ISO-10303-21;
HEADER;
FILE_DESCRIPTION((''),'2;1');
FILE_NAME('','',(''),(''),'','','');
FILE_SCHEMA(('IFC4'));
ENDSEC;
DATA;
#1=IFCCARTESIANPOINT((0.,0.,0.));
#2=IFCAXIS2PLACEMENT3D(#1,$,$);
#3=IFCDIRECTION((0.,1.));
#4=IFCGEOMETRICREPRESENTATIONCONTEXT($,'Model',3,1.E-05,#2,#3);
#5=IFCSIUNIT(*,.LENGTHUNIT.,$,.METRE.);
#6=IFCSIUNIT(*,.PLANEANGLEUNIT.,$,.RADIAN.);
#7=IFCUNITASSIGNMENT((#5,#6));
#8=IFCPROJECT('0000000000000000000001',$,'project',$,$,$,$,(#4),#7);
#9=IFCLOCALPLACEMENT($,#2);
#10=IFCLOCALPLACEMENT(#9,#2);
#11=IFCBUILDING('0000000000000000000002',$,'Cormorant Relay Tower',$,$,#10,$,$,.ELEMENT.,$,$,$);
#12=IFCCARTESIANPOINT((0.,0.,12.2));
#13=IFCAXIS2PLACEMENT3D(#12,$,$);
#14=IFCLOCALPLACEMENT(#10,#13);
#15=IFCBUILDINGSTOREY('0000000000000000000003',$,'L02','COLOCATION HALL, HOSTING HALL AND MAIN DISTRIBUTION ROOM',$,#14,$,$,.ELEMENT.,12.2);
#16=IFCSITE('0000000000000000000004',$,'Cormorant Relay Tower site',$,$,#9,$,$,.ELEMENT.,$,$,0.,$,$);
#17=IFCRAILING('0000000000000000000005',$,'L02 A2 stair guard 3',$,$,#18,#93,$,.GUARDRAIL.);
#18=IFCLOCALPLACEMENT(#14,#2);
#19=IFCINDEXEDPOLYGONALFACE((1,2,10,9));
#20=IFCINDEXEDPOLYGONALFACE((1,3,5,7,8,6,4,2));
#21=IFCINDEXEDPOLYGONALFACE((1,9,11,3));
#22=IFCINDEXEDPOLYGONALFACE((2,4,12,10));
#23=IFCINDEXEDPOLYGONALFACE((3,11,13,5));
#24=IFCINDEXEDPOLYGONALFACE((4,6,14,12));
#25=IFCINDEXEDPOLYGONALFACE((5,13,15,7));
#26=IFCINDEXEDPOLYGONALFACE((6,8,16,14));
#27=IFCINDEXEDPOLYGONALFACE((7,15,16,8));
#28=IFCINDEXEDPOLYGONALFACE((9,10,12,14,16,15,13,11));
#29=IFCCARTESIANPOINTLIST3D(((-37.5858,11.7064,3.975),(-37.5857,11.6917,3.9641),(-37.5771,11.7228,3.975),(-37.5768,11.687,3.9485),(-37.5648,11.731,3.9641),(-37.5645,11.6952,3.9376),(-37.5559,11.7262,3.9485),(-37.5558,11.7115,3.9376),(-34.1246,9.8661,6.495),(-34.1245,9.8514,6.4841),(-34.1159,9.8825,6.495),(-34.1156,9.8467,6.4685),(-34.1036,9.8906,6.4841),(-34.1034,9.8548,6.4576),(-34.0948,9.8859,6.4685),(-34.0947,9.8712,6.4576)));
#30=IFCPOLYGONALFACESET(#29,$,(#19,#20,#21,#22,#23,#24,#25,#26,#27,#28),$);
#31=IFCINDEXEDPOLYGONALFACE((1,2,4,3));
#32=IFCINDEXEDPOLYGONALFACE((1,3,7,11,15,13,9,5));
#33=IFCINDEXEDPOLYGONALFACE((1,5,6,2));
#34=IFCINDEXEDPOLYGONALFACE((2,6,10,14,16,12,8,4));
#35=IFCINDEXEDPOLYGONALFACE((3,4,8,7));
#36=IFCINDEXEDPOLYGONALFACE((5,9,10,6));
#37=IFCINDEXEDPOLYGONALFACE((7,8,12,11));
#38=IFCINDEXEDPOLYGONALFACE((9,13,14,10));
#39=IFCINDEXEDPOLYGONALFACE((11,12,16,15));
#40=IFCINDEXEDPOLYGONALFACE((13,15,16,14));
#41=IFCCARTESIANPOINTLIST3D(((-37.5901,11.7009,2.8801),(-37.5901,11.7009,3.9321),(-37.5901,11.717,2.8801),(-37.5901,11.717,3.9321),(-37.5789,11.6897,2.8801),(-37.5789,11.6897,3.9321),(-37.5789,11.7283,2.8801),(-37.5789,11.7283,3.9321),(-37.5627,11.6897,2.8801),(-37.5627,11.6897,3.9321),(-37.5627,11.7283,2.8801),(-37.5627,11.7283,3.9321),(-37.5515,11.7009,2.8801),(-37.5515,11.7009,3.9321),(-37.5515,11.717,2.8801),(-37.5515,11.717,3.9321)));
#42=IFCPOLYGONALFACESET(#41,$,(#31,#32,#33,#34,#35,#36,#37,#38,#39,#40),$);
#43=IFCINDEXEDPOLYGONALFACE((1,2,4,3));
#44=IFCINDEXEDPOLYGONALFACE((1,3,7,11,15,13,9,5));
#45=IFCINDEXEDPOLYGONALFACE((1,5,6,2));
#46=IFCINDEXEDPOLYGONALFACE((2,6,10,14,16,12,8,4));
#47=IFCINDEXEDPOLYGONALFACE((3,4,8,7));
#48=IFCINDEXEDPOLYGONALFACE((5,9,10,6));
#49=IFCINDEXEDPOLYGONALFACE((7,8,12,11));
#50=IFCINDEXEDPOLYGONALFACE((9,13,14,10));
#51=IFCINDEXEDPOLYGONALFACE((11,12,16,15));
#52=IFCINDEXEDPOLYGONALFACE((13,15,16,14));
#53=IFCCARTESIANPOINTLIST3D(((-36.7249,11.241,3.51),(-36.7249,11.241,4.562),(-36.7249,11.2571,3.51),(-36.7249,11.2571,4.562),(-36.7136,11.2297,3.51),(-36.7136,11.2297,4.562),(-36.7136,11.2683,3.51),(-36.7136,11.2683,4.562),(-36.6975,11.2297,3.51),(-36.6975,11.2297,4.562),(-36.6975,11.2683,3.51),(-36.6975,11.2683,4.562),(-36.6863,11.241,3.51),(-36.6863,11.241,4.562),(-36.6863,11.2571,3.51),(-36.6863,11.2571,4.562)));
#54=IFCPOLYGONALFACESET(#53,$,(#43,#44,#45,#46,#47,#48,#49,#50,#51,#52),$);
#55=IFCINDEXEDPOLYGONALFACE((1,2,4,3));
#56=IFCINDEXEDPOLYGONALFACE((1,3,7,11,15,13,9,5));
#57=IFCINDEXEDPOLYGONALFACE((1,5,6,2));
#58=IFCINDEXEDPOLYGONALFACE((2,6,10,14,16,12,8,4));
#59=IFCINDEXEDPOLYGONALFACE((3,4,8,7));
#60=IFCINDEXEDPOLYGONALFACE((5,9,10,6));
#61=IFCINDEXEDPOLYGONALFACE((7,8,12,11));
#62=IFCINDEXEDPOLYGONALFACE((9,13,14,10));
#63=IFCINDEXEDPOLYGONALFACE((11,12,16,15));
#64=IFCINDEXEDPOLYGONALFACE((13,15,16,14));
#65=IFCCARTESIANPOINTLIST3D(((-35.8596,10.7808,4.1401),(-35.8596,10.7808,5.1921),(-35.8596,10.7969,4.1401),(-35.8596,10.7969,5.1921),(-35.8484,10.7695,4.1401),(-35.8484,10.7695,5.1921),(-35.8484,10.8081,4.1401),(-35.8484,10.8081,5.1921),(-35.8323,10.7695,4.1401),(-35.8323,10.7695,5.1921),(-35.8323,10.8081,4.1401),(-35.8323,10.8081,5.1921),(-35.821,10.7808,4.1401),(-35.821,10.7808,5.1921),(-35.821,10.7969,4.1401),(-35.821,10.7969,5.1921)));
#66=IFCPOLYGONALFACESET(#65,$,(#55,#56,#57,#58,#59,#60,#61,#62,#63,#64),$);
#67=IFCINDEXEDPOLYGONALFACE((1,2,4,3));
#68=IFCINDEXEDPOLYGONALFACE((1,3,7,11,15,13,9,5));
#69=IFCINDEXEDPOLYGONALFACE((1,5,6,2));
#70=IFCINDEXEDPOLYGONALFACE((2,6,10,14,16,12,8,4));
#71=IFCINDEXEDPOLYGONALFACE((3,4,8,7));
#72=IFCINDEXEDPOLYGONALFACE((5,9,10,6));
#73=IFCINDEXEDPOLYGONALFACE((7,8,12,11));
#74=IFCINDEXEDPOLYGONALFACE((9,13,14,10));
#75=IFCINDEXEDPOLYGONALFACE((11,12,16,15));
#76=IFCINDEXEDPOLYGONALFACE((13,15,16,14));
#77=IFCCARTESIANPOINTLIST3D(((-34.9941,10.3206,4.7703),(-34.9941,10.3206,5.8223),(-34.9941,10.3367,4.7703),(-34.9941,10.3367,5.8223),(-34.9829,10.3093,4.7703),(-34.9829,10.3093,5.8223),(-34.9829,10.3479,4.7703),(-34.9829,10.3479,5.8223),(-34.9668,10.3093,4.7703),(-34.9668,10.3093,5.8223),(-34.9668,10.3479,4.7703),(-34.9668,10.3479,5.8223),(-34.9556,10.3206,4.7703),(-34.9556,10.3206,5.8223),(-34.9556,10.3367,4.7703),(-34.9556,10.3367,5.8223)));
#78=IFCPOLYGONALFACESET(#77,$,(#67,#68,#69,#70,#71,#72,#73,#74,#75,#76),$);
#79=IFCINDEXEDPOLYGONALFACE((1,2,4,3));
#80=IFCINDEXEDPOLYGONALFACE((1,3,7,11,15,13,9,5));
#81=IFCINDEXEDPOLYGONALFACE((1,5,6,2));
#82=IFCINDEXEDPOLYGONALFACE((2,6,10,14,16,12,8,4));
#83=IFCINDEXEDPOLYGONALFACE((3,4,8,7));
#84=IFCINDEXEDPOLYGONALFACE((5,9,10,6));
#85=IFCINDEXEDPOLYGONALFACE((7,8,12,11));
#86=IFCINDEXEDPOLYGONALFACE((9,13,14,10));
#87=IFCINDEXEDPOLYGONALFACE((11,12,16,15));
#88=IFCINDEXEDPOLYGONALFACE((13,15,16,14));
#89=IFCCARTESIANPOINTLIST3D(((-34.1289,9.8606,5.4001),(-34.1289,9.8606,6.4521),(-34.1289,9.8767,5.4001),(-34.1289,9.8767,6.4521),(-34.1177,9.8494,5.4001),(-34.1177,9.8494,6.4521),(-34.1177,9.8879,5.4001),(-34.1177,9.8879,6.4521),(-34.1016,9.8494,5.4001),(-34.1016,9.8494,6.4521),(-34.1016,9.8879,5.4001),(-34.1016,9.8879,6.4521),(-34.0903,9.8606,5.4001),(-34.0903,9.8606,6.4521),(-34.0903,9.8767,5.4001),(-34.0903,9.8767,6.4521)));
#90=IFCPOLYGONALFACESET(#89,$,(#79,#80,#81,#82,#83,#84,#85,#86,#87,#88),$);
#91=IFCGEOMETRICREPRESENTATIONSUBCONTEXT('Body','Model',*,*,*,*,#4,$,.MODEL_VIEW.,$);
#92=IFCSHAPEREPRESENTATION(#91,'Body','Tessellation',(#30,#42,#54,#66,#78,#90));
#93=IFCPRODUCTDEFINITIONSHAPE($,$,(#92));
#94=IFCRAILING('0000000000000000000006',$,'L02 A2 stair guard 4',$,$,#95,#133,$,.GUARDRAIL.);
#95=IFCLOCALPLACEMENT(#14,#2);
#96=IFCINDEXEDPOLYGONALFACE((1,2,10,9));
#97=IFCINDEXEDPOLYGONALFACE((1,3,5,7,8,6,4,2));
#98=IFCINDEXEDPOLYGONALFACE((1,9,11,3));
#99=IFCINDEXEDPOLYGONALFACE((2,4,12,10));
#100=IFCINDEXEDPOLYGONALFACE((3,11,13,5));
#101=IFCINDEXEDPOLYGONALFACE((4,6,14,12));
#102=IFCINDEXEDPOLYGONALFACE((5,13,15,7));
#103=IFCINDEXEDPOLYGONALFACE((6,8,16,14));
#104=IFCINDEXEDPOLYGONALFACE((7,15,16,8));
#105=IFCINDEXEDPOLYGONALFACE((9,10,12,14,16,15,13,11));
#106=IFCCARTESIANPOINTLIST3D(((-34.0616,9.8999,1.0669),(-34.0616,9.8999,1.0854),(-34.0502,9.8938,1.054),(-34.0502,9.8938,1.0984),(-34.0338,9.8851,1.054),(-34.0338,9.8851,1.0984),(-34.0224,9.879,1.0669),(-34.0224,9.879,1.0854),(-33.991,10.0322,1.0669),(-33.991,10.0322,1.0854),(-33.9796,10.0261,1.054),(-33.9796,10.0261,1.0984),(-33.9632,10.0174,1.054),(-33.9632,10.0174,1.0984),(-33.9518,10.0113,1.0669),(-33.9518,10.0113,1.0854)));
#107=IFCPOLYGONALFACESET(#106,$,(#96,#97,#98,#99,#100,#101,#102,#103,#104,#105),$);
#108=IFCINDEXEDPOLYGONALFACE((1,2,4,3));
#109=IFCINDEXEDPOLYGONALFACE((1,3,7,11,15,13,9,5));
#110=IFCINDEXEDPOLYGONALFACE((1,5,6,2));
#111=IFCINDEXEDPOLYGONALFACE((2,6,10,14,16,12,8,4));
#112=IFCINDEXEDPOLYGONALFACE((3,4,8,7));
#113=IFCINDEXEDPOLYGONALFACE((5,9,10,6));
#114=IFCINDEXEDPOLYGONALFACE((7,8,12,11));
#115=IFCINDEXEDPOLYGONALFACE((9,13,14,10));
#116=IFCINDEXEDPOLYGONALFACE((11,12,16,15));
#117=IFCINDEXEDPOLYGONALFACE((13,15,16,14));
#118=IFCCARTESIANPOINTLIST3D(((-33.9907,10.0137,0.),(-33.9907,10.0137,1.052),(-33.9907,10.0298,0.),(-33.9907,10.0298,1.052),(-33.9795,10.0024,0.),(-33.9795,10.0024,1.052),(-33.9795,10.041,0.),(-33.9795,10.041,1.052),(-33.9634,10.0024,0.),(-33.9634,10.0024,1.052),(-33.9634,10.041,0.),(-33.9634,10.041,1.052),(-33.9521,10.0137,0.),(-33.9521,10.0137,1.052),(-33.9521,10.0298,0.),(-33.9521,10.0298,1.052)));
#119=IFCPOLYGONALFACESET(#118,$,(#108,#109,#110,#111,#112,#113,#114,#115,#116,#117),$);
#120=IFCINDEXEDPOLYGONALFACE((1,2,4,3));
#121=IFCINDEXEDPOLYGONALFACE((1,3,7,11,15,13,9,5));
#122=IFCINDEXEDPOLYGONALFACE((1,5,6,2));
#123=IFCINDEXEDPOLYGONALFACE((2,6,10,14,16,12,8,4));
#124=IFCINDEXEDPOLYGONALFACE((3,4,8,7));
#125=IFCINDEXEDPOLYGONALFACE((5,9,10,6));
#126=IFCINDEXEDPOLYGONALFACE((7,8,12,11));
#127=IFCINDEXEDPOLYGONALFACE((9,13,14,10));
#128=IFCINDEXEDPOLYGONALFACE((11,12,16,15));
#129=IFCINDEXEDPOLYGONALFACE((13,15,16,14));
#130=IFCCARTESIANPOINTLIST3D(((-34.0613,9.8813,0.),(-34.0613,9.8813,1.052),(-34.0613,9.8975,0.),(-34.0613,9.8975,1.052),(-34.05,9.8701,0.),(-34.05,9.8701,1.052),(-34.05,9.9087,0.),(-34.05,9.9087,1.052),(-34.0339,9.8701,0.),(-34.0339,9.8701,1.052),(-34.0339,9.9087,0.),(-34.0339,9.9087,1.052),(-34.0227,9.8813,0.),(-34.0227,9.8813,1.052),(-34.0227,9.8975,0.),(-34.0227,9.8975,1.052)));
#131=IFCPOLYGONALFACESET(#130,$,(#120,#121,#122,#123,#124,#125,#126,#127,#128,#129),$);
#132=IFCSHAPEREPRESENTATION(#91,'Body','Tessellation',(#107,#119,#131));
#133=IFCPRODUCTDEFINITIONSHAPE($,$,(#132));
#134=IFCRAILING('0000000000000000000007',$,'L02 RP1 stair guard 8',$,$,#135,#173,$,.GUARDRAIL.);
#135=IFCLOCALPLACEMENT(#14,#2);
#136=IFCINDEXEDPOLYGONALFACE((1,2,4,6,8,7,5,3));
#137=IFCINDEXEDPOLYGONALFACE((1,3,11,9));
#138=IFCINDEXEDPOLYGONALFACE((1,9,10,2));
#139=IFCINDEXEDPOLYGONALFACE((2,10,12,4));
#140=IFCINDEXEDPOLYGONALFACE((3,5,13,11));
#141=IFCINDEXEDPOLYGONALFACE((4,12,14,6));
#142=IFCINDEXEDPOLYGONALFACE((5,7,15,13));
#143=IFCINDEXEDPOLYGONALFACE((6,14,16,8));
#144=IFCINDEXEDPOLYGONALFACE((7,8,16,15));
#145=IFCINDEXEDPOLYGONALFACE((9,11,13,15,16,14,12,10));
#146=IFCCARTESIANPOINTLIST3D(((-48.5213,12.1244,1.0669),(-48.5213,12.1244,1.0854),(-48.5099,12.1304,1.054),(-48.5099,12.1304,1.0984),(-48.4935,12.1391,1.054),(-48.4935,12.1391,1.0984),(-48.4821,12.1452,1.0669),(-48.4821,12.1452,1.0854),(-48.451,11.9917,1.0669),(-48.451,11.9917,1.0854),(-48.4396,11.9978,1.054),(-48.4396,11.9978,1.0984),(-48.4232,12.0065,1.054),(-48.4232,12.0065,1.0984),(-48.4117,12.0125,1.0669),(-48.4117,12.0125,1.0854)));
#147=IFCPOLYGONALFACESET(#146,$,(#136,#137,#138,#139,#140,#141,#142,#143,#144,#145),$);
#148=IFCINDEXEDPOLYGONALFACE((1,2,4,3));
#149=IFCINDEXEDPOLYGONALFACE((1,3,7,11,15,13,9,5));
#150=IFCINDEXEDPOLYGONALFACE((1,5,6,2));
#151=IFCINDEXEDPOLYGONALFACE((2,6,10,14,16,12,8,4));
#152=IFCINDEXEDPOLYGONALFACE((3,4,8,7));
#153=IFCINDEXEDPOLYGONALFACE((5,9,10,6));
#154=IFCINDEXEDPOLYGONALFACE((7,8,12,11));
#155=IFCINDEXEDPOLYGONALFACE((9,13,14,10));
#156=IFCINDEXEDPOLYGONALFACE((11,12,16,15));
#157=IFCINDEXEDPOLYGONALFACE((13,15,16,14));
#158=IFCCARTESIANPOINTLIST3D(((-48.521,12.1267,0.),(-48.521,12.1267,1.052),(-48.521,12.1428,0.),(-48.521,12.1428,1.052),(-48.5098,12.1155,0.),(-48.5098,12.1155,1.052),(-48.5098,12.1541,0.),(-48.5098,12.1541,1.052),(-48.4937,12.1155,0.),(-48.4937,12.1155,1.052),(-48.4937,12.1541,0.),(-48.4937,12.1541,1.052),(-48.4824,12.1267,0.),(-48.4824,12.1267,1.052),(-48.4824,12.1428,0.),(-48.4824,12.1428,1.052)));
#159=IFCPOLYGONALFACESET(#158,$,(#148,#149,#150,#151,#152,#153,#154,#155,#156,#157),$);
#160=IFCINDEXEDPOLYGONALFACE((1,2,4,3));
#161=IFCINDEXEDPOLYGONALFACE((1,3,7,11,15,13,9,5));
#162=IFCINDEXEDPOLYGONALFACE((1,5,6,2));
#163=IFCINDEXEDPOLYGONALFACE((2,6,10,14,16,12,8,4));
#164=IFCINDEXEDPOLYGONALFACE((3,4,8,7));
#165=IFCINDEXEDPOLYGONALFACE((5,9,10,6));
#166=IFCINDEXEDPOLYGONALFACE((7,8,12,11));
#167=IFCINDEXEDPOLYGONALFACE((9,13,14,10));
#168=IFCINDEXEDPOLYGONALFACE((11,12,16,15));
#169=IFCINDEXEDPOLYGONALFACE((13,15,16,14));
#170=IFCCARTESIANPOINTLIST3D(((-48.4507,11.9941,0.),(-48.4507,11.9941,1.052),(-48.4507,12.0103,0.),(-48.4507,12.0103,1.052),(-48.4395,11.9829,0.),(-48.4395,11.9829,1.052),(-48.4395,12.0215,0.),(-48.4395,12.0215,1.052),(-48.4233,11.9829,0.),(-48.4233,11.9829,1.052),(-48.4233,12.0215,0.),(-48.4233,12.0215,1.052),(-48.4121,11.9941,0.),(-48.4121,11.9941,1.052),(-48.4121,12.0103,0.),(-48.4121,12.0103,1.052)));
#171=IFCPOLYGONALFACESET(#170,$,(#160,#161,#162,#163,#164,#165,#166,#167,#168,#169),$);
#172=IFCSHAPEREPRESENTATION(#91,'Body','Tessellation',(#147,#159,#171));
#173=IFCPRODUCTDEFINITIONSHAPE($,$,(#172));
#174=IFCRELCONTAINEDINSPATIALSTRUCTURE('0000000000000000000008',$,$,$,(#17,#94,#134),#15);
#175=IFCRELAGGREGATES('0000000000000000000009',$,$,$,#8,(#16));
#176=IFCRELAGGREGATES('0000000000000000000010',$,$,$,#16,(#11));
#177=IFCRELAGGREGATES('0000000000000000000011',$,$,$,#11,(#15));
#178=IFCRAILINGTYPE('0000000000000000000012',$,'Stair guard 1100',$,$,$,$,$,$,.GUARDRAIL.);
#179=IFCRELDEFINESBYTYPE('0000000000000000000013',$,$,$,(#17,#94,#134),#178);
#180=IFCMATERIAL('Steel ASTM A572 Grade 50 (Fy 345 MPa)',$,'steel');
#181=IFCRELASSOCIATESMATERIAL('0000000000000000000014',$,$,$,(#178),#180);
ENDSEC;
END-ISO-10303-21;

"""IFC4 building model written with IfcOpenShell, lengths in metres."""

from ifc_helpers import new_model, si_unit, direction, frame, origin, place, context, subcontext, project, spatial, polyline, outline, extrude, material, type_object, element, save


model = new_model("IFC4")

# Units and contexts
model_context = context("Model", 3, precision=1e-05, world=origin(), true_north=direction((0.0, 1.0)))
body_context = subcontext(model_context, "Body", "Model", "MODEL_VIEW")
ifc_project = project(units=[si_unit("LENGTHUNIT", "METRE"), si_unit("PLANEANGLEUNIT", "RADIAN")], contexts=[model_context])

# Site, building, storey
site_placement = place(None, origin())
site = spatial("IfcSite", under=ifc_project, at=site_placement, Name="Cormorant Relay Tower site", CompositionType="ELEMENT", RefElevation=0.0)
building_placement = place(site_placement, origin())
building = spatial("IfcBuilding", under=site, at=building_placement, Name="Cormorant Relay Tower", CompositionType="ELEMENT")
storey_placement = place(building_placement, frame((0.0, 0.0, 12.2)))
storey = spatial("IfcBuildingStorey", under=building, at=storey_placement, Name="L02", Description="COLOCATION HALL, HOSTING HALL AND MAIN DISTRIBUTION ROOM", CompositionType="ELEMENT", Elevation=12.2)

# Railings
ifc_material_1 = material(Name="Steel ASTM A572 Grade 50 (Fy 345 MPa)", Category="steel")
railing_type_1 = type_object("IfcRailingType", Name="Stair guard 1100", PredefinedType="GUARDRAIL", material=ifc_material_1)
railing_1_placement = place(storey_placement, frame((-37.5708, 11.709, 2.8801)))
element("IfcRailing", 1, at=railing_1_placement, inside=storey, type_object=railing_type_1, Name="L02 A2 stair guard 3", PredefinedType="GUARDRAIL", context=body_context, shape_type="SweptSolid", body=[
    extrude(outline(polyline([(0.0222, 0.0093), (0.0093, 0.0222), (-0.0093, 0.0222), (-0.0222, 0.0093), (-0.0222, -0.0093), (-0.0093, -0.0222), (0.0093, -0.0222), (0.0222, -0.0093), (0.0222, 0.0093)])), frame((0.0, 0.0, 1.0762), z_axis=(0.742717, -0.394907, 0.540758), x_axis=(0.469469, 0.882949, 0.0)), (0.0, 0.0, 1.0), 4.6602),
    extrude(outline(polyline([(0.0193, 0.0081), (0.0081, 0.0193), (-0.0081, 0.0193), (-0.0193, 0.0081), (-0.0193, -0.0081), (-0.0081, -0.0193), (0.0081, -0.0193), (0.0193, -0.0081), (0.0193, 0.0081)])), origin(), (0.0, 0.0, 1.0), 1.052),
    extrude(outline(polyline([(0.0193, 0.0081), (0.0081, 0.0193), (-0.0081, 0.0193), (-0.0193, 0.0081), (-0.0193, -0.0081), (-0.0081, -0.0193), (0.0081, -0.0193), (0.0193, -0.0081), (0.0193, 0.0081)])), frame((0.8652, -0.46, 0.6299)), (0.0, 0.0, 1.0), 1.052),
    extrude(outline(polyline([(0.0193, 0.0081), (0.0081, 0.0193), (-0.0081, 0.0193), (-0.0193, 0.0081), (-0.0193, -0.0081), (-0.0081, -0.0193), (0.0081, -0.0193), (0.0193, -0.0081), (0.0193, 0.0081)])), frame((1.7305, -0.9202, 1.26)), (0.0, 0.0, 1.0), 1.052),
    extrude(outline(polyline([(0.0193, 0.0081), (0.0081, 0.0193), (-0.0081, 0.0193), (-0.0193, 0.0081), (-0.0193, -0.0081), (-0.0081, -0.0193), (0.0081, -0.0193), (0.0193, -0.0081), (0.0193, 0.0081)])), frame((2.5959, -1.3804, 1.8901)), (0.0, 0.0, 1.0), 1.052),
    extrude(outline(polyline([(0.0193, 0.0081), (0.0081, 0.0193), (-0.0081, 0.0193), (-0.0193, 0.0081), (-0.0193, -0.0081), (-0.0081, -0.0193), (0.0081, -0.0193), (0.0193, -0.0081), (0.0193, 0.0081)])), frame((3.4612, -1.8403, 2.52)), (0.0, 0.0, 1.0), 1.052),
])
railing_2_placement = place(storey_placement, frame((-33.9714, 10.0217, 0.0)))
element("IfcRailing", 2, at=railing_2_placement, inside=storey, type_object=railing_type_1, Name="L02 A2 stair guard 4", PredefinedType="GUARDRAIL", context=body_context, shape_type="SweptSolid", body=[
    extrude(outline(polyline([(0.0222, 0.0093), (0.0093, 0.0222), (-0.0093, 0.0222), (-0.0222, 0.0093), (-0.0222, -0.0093), (-0.0093, -0.0222), (0.0093, -0.0222), (0.0222, -0.0093), (0.0222, 0.0093)])), frame((0.0, 0.0, 1.0762), z_axis=(-0.470504, -0.882398, 0.0), x_axis=(0.882398, -0.470504, 0.0)), (0.0, 0.0, 1.0), 0.1499),
    extrude(outline(polyline([(0.0193, 0.0081), (0.0081, 0.0193), (-0.0081, 0.0193), (-0.0193, 0.0081), (-0.0193, -0.0081), (-0.0081, -0.0193), (0.0081, -0.0193), (0.0193, -0.0081), (0.0193, 0.0081)])), origin(), (0.0, 0.0, 1.0), 1.052),
    extrude(outline(polyline([(0.0193, 0.0081), (0.0081, 0.0193), (-0.0081, 0.0193), (-0.0193, 0.0081), (-0.0193, -0.0081), (-0.0081, -0.0193), (0.0081, -0.0193), (0.0193, -0.0081), (0.0193, 0.0081)])), frame((-0.0706, -0.1323, 0.0)), (0.0, 0.0, 1.0), 1.052),
])
railing_3_placement = place(storey_placement, frame((-48.5017, 12.1348, 0.0)))
element("IfcRailing", 3, at=railing_3_placement, inside=storey, type_object=railing_type_1, Name="L02 RP1 stair guard 8", PredefinedType="GUARDRAIL", context=body_context, shape_type="SweptSolid", body=[
    extrude(outline(polyline([(0.0222, 0.0093), (0.0093, 0.0222), (-0.0093, 0.0222), (-0.0222, 0.0093), (-0.0222, -0.0093), (-0.0093, -0.0222), (0.0093, -0.0222), (0.0222, -0.0093), (0.0222, 0.0093)])), frame((0.0, 0.0, 1.0762), z_axis=(0.46856, -0.883431, 0.0), x_axis=(0.883431, 0.46856, 0.0)), (0.0, 0.0, 1.0), 0.1501),
    extrude(outline(polyline([(0.0193, 0.0081), (0.0081, 0.0193), (-0.0081, 0.0193), (-0.0193, 0.0081), (-0.0193, -0.0081), (-0.0081, -0.0193), (0.0081, -0.0193), (0.0193, -0.0081), (0.0193, 0.0081)])), origin(), (0.0, 0.0, 1.0), 1.052),
    extrude(outline(polyline([(0.0193, 0.0081), (0.0081, 0.0193), (-0.0081, 0.0193), (-0.0193, 0.0081), (-0.0193, -0.0081), (-0.0081, -0.0193), (0.0081, -0.0193), (0.0193, -0.0081), (0.0193, 0.0081)])), frame((0.0703, -0.1326, 0.0)), (0.0, 0.0, 1.0), 1.052),
])

save(model, "model.ifc")
